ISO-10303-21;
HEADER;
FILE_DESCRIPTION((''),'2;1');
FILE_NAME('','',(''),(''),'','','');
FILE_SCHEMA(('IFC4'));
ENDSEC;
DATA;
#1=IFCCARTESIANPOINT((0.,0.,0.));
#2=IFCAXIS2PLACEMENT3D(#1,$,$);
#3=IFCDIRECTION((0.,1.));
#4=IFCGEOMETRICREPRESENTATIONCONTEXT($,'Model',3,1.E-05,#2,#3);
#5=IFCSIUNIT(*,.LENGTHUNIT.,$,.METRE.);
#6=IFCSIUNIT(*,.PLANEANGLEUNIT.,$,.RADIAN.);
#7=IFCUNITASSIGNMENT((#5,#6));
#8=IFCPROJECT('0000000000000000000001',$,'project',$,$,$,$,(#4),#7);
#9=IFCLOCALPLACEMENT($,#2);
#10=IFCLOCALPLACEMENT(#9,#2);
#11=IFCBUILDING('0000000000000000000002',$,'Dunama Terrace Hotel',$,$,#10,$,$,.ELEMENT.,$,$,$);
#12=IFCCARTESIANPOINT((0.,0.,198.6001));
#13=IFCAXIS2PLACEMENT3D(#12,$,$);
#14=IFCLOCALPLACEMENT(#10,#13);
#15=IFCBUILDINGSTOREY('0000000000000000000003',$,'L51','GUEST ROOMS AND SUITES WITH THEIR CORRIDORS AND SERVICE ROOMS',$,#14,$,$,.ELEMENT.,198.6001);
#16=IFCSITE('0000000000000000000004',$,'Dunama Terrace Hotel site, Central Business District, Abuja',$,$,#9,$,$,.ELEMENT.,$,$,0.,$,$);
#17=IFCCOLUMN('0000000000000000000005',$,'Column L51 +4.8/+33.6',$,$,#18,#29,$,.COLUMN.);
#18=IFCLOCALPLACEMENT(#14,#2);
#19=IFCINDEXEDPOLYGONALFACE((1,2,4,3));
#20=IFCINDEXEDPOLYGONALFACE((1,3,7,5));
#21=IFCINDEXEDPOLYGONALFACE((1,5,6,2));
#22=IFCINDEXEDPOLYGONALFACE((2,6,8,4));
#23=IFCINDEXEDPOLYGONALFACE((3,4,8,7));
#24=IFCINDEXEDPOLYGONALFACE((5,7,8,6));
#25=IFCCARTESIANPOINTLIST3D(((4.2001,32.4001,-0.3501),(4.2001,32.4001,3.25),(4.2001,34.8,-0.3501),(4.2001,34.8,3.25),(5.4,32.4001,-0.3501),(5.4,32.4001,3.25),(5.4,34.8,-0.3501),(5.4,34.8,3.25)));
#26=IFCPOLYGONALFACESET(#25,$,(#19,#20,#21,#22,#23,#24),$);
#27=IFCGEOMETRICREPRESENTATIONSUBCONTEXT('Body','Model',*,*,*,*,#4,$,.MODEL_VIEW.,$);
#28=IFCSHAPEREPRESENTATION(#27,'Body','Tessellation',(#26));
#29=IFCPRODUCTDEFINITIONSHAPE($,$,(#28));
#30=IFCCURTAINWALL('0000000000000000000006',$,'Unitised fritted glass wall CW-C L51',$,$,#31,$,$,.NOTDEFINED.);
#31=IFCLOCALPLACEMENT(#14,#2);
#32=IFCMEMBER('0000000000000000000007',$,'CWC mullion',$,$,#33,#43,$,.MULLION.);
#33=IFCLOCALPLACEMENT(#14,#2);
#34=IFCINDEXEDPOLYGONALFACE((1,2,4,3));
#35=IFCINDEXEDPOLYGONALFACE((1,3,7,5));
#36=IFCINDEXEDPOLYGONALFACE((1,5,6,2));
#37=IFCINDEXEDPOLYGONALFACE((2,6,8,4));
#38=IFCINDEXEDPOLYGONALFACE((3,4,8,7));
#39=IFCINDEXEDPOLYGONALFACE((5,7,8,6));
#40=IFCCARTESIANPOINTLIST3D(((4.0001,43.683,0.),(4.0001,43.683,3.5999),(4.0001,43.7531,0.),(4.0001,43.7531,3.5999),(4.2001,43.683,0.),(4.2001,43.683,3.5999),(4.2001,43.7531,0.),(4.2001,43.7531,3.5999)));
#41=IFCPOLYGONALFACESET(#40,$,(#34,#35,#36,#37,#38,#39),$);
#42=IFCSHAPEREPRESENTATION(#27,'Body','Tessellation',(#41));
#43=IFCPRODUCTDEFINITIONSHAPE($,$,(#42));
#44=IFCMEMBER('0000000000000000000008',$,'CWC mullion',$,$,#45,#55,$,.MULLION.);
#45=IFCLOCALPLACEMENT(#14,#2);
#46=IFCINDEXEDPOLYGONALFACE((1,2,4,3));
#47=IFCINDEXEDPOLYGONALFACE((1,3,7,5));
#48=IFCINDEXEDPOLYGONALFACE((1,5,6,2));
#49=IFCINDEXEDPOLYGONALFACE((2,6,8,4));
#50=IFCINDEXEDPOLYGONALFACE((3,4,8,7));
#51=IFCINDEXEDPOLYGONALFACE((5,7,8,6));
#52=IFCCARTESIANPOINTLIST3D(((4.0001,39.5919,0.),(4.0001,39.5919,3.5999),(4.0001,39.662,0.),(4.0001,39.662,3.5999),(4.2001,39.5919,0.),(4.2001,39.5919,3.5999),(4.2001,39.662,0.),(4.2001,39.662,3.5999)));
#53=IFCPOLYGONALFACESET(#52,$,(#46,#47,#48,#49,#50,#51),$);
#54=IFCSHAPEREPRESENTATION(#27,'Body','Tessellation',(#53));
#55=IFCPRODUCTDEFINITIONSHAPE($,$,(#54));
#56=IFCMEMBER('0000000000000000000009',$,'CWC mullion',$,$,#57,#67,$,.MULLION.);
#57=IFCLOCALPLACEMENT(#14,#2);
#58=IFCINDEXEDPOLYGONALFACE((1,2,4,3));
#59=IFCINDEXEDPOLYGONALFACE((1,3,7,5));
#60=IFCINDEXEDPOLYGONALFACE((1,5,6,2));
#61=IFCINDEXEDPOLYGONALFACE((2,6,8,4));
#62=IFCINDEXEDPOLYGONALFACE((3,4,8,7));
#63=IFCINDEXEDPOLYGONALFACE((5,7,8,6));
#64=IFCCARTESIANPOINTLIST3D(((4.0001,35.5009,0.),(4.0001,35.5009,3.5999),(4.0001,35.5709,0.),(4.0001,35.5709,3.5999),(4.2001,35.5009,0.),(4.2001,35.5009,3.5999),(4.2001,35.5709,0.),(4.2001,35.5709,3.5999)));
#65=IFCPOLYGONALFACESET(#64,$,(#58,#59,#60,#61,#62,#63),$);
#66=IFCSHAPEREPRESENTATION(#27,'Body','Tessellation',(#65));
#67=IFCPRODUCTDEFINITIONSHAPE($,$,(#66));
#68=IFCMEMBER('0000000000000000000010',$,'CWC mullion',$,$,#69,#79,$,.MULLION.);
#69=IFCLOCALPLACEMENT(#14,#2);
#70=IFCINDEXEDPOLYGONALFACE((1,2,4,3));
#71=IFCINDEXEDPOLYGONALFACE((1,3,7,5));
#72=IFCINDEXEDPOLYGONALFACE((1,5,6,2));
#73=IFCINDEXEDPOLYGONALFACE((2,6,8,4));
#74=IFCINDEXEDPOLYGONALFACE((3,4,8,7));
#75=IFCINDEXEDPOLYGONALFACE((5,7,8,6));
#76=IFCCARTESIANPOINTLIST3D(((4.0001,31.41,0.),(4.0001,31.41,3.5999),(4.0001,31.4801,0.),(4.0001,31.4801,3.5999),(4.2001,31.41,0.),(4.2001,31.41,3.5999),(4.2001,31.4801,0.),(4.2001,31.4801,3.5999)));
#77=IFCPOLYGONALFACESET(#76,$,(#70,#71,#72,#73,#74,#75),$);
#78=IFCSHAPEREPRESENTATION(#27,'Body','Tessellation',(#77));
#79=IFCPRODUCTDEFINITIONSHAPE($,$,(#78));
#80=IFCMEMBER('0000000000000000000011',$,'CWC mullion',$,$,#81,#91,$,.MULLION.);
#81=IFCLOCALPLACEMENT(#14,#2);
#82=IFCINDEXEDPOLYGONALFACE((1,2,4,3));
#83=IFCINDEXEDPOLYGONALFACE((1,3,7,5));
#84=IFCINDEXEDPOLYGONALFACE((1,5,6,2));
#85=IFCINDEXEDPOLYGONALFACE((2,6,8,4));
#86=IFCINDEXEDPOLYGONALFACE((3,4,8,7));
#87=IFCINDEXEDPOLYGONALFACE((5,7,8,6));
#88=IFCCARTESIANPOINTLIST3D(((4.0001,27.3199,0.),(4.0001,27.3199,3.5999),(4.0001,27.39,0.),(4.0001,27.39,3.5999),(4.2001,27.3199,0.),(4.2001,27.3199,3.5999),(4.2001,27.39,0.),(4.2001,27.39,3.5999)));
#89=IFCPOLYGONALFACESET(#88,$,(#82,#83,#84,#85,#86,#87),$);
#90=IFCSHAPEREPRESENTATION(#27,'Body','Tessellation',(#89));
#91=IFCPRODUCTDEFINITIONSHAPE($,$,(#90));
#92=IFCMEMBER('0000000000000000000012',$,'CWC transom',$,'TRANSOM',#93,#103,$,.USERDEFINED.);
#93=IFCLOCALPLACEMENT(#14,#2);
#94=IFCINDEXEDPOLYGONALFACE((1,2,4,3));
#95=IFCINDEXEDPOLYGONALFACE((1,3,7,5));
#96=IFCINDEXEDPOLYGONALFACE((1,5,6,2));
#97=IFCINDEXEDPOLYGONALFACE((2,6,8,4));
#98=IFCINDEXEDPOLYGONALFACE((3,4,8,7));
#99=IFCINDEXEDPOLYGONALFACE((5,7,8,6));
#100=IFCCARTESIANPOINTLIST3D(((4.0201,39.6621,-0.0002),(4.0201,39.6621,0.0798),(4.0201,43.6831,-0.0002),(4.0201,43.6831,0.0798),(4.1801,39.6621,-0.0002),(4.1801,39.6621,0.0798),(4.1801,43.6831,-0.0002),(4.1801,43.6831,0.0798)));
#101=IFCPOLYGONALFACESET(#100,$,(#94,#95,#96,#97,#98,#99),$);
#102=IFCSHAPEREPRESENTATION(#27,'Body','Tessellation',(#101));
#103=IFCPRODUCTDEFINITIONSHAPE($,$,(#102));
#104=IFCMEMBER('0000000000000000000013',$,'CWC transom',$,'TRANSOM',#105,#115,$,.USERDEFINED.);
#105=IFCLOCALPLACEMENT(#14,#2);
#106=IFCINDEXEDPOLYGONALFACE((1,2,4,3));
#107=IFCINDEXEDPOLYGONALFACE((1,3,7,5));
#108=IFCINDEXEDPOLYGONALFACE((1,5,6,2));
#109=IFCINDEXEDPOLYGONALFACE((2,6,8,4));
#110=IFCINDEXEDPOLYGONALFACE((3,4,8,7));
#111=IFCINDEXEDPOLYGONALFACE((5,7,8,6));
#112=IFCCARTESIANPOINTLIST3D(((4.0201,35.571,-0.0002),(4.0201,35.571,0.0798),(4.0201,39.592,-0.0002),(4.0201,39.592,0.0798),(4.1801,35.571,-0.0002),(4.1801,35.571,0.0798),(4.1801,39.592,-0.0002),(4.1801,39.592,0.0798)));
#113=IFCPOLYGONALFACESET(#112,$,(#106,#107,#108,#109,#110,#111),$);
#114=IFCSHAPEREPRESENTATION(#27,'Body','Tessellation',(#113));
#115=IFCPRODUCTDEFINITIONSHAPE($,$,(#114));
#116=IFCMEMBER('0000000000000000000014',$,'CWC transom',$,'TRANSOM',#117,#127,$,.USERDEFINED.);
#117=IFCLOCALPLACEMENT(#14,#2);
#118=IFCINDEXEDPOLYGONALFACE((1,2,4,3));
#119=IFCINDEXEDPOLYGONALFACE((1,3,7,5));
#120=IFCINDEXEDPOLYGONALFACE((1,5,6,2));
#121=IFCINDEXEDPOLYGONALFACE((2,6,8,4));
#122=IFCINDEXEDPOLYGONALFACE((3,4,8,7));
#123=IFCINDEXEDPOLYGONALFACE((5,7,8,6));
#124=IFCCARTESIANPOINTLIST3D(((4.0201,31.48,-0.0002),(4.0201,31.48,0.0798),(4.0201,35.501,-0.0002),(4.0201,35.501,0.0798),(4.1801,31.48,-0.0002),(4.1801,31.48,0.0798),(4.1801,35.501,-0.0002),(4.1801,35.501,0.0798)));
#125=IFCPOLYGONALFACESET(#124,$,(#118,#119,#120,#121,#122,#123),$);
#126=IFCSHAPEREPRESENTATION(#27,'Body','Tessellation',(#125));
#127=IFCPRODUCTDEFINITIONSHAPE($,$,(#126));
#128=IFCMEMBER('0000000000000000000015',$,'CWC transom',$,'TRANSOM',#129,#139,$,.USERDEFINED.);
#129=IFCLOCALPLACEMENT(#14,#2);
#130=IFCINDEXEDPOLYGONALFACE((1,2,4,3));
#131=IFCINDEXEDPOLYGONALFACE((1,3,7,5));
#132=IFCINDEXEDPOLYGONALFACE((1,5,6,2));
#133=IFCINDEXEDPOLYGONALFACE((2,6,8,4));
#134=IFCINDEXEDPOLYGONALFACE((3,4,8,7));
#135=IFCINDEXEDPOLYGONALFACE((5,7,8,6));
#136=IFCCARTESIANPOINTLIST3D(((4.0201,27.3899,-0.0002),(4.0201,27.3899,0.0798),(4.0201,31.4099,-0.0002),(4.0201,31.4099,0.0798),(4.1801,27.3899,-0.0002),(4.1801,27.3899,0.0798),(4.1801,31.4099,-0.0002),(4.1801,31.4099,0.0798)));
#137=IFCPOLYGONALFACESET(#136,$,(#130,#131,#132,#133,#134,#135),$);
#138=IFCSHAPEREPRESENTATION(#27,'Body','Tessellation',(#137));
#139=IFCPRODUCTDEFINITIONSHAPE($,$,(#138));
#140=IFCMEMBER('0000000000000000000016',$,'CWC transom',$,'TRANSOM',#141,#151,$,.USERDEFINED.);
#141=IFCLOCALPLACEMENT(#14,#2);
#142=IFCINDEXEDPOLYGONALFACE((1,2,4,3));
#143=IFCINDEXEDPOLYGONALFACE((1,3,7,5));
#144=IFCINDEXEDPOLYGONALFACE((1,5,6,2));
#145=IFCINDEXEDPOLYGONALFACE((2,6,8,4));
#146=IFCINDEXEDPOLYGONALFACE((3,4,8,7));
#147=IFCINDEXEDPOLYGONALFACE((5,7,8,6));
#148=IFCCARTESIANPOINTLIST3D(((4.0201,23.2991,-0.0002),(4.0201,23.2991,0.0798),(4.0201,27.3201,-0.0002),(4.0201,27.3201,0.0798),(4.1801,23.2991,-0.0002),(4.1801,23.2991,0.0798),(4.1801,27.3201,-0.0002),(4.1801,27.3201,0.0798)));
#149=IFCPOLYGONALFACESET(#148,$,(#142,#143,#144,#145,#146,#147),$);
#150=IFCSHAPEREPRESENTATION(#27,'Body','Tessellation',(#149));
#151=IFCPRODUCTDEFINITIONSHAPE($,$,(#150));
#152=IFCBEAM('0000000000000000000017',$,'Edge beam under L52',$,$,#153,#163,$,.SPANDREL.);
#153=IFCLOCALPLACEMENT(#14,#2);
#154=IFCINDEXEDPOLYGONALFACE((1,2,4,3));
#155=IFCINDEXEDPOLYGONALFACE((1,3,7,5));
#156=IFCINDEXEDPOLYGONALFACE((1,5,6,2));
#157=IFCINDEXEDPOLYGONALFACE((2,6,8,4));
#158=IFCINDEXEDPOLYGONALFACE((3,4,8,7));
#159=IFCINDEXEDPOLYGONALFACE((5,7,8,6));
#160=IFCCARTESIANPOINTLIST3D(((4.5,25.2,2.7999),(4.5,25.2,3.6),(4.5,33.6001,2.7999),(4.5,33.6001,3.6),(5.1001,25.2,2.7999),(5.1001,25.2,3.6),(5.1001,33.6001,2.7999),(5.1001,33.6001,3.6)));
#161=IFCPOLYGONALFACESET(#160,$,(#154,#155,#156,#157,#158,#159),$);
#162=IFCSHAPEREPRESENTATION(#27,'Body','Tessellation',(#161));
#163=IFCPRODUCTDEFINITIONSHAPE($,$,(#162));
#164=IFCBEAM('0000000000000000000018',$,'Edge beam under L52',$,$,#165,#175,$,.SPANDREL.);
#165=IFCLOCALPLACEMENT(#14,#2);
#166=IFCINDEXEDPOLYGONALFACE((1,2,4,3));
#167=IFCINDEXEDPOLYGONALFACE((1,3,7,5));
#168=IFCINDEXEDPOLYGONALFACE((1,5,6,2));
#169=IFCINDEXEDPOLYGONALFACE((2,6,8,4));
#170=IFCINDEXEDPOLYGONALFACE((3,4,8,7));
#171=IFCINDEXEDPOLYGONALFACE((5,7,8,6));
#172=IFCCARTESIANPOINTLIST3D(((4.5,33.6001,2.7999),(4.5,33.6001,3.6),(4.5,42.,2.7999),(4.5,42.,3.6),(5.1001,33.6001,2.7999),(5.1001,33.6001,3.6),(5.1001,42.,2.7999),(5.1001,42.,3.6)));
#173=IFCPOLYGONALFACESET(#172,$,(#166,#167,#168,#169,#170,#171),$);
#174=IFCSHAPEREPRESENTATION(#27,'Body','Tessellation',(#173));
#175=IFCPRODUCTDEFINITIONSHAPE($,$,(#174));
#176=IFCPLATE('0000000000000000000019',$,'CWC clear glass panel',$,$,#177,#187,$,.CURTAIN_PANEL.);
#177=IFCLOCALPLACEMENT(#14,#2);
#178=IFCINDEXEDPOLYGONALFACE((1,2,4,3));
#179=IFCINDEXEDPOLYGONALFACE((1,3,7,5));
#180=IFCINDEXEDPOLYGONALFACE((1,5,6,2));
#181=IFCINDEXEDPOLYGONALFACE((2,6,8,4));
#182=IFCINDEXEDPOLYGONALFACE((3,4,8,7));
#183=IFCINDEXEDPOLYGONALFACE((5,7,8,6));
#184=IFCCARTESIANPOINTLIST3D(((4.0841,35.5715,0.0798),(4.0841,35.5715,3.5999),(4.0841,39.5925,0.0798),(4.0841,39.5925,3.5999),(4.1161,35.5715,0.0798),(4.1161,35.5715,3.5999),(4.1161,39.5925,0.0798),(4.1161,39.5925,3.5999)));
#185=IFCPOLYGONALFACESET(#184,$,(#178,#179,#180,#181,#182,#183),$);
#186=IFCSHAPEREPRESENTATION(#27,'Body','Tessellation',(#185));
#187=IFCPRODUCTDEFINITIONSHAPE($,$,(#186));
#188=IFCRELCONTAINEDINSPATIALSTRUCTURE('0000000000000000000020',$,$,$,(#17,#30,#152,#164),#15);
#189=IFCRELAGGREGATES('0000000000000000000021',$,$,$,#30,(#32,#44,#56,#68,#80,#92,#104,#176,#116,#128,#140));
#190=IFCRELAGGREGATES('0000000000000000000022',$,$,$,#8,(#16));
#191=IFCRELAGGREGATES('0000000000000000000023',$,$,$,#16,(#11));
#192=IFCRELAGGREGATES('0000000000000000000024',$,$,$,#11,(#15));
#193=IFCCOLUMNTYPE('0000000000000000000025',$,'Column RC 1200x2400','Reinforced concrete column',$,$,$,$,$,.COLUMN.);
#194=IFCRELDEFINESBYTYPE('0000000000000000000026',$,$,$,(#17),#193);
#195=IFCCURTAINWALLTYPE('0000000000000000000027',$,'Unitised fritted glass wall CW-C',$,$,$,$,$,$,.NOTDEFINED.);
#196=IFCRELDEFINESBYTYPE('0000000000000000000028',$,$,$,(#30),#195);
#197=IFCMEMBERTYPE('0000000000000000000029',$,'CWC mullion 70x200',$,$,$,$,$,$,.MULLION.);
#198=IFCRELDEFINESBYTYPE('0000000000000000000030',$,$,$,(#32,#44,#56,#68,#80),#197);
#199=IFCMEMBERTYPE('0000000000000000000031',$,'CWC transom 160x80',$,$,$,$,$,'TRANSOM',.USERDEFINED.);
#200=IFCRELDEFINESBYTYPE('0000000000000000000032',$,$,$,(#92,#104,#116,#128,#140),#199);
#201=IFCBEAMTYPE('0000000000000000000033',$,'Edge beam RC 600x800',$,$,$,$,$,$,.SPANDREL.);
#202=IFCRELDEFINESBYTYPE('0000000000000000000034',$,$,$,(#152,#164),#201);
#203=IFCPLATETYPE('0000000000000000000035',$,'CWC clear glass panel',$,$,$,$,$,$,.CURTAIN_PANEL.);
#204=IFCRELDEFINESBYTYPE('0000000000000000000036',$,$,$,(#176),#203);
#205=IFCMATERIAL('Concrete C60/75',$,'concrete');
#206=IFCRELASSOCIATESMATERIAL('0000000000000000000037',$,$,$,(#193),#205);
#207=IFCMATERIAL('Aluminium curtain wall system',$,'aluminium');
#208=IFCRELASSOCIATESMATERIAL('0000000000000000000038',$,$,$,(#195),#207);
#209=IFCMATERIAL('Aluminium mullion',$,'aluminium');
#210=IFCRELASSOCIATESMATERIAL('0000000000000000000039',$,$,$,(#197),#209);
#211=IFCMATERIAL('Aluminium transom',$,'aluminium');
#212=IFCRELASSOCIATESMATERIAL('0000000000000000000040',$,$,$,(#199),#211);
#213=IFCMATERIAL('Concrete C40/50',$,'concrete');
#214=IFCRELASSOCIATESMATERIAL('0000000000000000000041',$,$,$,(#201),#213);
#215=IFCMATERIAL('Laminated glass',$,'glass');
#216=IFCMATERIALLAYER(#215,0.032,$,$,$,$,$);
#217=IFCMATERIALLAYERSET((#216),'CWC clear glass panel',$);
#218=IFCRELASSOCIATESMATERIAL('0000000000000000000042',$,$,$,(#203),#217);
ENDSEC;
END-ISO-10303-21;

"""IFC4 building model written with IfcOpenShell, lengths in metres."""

from ifc_helpers import new_model, si_unit, direction, frame, origin, origin_2d, place, context, subcontext, project, spatial, rectangle, extrude, material, layer, layer_set, material_profile, profile_set, type_object, element, aggregate, save


model = new_model("IFC4")

# Units and contexts
model_context = context("Model", 3, precision=1e-05, world=origin(), true_north=direction((0.0, 1.0)))
body_context = subcontext(model_context, "Body", "Model", "MODEL_VIEW")
ifc_project = project(units=[si_unit("LENGTHUNIT", "METRE"), si_unit("PLANEANGLEUNIT", "RADIAN")], contexts=[model_context])

# Site, building, storey
site_placement = place(None, origin())
site = spatial("IfcSite", under=ifc_project, at=site_placement, Name="Dunama Terrace Hotel site, Central Business District, Abuja", CompositionType="ELEMENT", RefElevation=0.0)
building_placement = place(site_placement, origin())
building = spatial("IfcBuilding", under=site, at=building_placement, Name="Dunama Terrace Hotel", CompositionType="ELEMENT")
storey_placement = place(building_placement, frame((0.0, 0.0, 198.6001)))
storey = spatial("IfcBuildingStorey", under=building, at=storey_placement, Name="L51", Description="GUEST ROOMS AND SUITES WITH THEIR CORRIDORS AND SERVICE ROOMS", CompositionType="ELEMENT", Elevation=198.6001)

# Column
ifc_material_1 = material(Name="Concrete C60/75", Category="concrete")
ifc_material_profile_1 = material_profile(ifc_material_1, rectangle(XDim=1.2, YDim=2.3999, at=origin_2d()), Name="RC 1200x2400")
ifc_profile_set_1 = profile_set([ifc_material_profile_1], Name="Concrete C60/75")
column_type = type_object("IfcColumnType", Name="Column RC 1200x2400", Description="Reinforced concrete column", PredefinedType="COLUMN", material=ifc_profile_set_1)
column_placement = place(storey_placement, frame((4.8, 33.6001, -0.3501), z_axis=(0.0, 0.0, 1.0), x_axis=(1.0, 0.0, 0.0)))
element("IfcColumn", 1, at=column_placement, inside=storey, type_object=column_type, Name="Column L51 +4.8/+33.6", PredefinedType="COLUMN", context=body_context, shape_type="SweptSolid", body=[
    extrude(rectangle(XDim=1.2, YDim=2.3999, at=origin_2d()), origin(), (0.0, 0.0, 1.0), 3.6001),
])

# Curtain wall, members
ifc_material_2 = material(Name="Aluminium curtain wall system", Category="aluminium")
curtain_wall_type = type_object("IfcCurtainWallType", Name="Unitised fritted glass wall CW-C", PredefinedType="NOTDEFINED", material=ifc_material_2)
curtain_wall_placement = place(storey_placement, origin())
curtain_wall = element("IfcCurtainWall", 2, at=curtain_wall_placement, inside=storey, type_object=curtain_wall_type, Name="Unitised fritted glass wall CW-C L51", PredefinedType="NOTDEFINED")
ifc_material_3 = material(Name="Aluminium mullion", Category="aluminium")
ifc_material_profile_2 = material_profile(ifc_material_3, rectangle(XDim=0.0701, YDim=0.2, at=origin_2d()), Name="CWC MULLION 70X200")
ifc_profile_set_2 = profile_set([ifc_material_profile_2], Name="Aluminium mullion")
member_type_1 = type_object("IfcMemberType", Name="CWC mullion 70x200", PredefinedType="MULLION", material=ifc_profile_set_2)
member_1_placement = place(storey_placement, frame((4.1001, 43.718, 0.0), z_axis=(0.0, 0.0, 1.0), x_axis=(0.0, -1.0, 0.0)))
member_1 = element("IfcMember", 3, at=member_1_placement, type_object=member_type_1, Name="CWC mullion", PredefinedType="MULLION", context=body_context, shape_type="SweptSolid", body=[
    extrude(rectangle(XDim=0.0701, YDim=0.2, at=origin_2d()), origin(), (0.0, 0.0, 1.0), 3.5999),
])
member_2_placement = place(storey_placement, frame((4.1001, 39.627, 0.0), z_axis=(0.0, 0.0, 1.0), x_axis=(0.0, -1.0, 0.0)))
member_2 = element("IfcMember", 4, at=member_2_placement, type_object=member_type_1, Name="CWC mullion", PredefinedType="MULLION", context=body_context, shape_type="SweptSolid", body=[
    extrude(rectangle(XDim=0.0701, YDim=0.2, at=origin_2d()), origin(), (0.0, 0.0, 1.0), 3.5999),
])
member_3_placement = place(storey_placement, frame((4.1001, 35.5359, 0.0), z_axis=(0.0, 0.0, 1.0), x_axis=(0.0, -1.0, 0.0)))
member_3 = element("IfcMember", 5, at=member_3_placement, type_object=member_type_1, Name="CWC mullion", PredefinedType="MULLION", context=body_context, shape_type="SweptSolid", body=[
    extrude(rectangle(XDim=0.0701, YDim=0.2, at=origin_2d()), origin(), (0.0, 0.0, 1.0), 3.5999),
])
member_4_placement = place(storey_placement, frame((4.1001, 31.4451, 0.0), z_axis=(0.0, 0.0, 1.0), x_axis=(0.0, -1.0, 0.0)))
member_4 = element("IfcMember", 6, at=member_4_placement, type_object=member_type_1, Name="CWC mullion", PredefinedType="MULLION", context=body_context, shape_type="SweptSolid", body=[
    extrude(rectangle(XDim=0.0701, YDim=0.2, at=origin_2d()), origin(), (0.0, 0.0, 1.0), 3.5999),
])
member_5_placement = place(storey_placement, frame((4.1001, 27.355, 0.0), z_axis=(0.0, 0.0, 1.0), x_axis=(0.0, -1.0, 0.0)))
member_5 = element("IfcMember", 7, at=member_5_placement, type_object=member_type_1, Name="CWC mullion", PredefinedType="MULLION", context=body_context, shape_type="SweptSolid", body=[
    extrude(rectangle(XDim=0.0701, YDim=0.2, at=origin_2d()), origin(), (0.0, 0.0, 1.0), 3.5999),
])
ifc_material_4 = material(Name="Aluminium transom", Category="aluminium")
ifc_material_profile_3 = material_profile(ifc_material_4, rectangle(XDim=0.1599, YDim=0.0801, at=origin_2d()), Name="CWC TRANSOM 160X80")
ifc_profile_set_3 = profile_set([ifc_material_profile_3], Name="Aluminium transom")
member_type_2 = type_object("IfcMemberType", Name="CWC transom 160x80", ElementType="TRANSOM", PredefinedType="USERDEFINED", material=ifc_profile_set_3)
member_6_placement = place(storey_placement, frame((4.1001, 43.6831, 0.0398), z_axis=(0.0, -1.0, 0.0), x_axis=(1.0, 0.0, 0.0)))
member_6 = element("IfcMember", 8, at=member_6_placement, type_object=member_type_2, Name="CWC transom", ObjectType="TRANSOM", PredefinedType="USERDEFINED", context=body_context, shape_type="SweptSolid", body=[
    extrude(rectangle(XDim=0.1599, YDim=0.0801, at=origin_2d()), origin(), (0.0, 0.0, 1.0), 4.021),
])
member_7_placement = place(storey_placement, frame((4.1001, 39.592, 0.0398), z_axis=(0.0, -1.0, 0.0), x_axis=(1.0, 0.0, 0.0)))
member_7 = element("IfcMember", 9, at=member_7_placement, type_object=member_type_2, Name="CWC transom", ObjectType="TRANSOM", PredefinedType="USERDEFINED", context=body_context, shape_type="SweptSolid", body=[
    extrude(rectangle(XDim=0.1599, YDim=0.0801, at=origin_2d()), origin(), (0.0, 0.0, 1.0), 4.021),
])
member_8_placement = place(storey_placement, frame((4.1001, 35.501, 0.0398), z_axis=(0.0, -1.0, 0.0), x_axis=(1.0, 0.0, 0.0)))
member_8 = element("IfcMember", 10, at=member_8_placement, type_object=member_type_2, Name="CWC transom", ObjectType="TRANSOM", PredefinedType="USERDEFINED", context=body_context, shape_type="SweptSolid", body=[
    extrude(rectangle(XDim=0.1599, YDim=0.0801, at=origin_2d()), origin(), (0.0, 0.0, 1.0), 4.021),
])
member_9_placement = place(storey_placement, frame((4.1001, 31.4099, 0.0398), z_axis=(0.0, -1.0, 0.0), x_axis=(1.0, 0.0, 0.0)))
member_9 = element("IfcMember", 11, at=member_9_placement, type_object=member_type_2, Name="CWC transom", ObjectType="TRANSOM", PredefinedType="USERDEFINED", context=body_context, shape_type="SweptSolid", body=[
    extrude(rectangle(XDim=0.1599, YDim=0.0801, at=origin_2d()), origin(), (0.0, 0.0, 1.0), 4.02),
])
member_10_placement = place(storey_placement, frame((4.1001, 27.3201, 0.0398), z_axis=(0.0, -1.0, 0.0), x_axis=(1.0, 0.0, 0.0)))
member_10 = element("IfcMember", 12, at=member_10_placement, type_object=member_type_2, Name="CWC transom", ObjectType="TRANSOM", PredefinedType="USERDEFINED", context=body_context, shape_type="SweptSolid", body=[
    extrude(rectangle(XDim=0.1599, YDim=0.0801, at=origin_2d()), origin(), (0.0, 0.0, 1.0), 4.021),
])

# Beams
ifc_material_5 = material(Name="Concrete C40/50", Category="concrete")
ifc_material_profile_4 = material_profile(ifc_material_5, rectangle(XDim=0.6001, YDim=0.8, at=origin_2d()), Name="RC 600x800")
ifc_profile_set_4 = profile_set([ifc_material_profile_4], Name="Concrete C40/50")
beam_type = type_object("IfcBeamType", Name="Edge beam RC 600x800", PredefinedType="SPANDREL", material=ifc_profile_set_4)
beam_1_placement = place(storey_placement, frame((4.8, 25.2, 3.2), z_axis=(0.0, 1.0, 0.0), x_axis=(-1.0, 0.0, 0.0)))
element("IfcBeam", 13, at=beam_1_placement, inside=storey, type_object=beam_type, Name="Edge beam under L52", PredefinedType="SPANDREL", context=body_context, shape_type="SweptSolid", body=[
    extrude(rectangle(XDim=0.6001, YDim=0.8, at=origin_2d()), origin(), (0.0, 0.0, 1.0), 8.4001),
])
beam_2_placement = place(storey_placement, frame((4.8, 33.6001, 3.2), z_axis=(0.0, 1.0, 0.0), x_axis=(-1.0, 0.0, 0.0)))
element("IfcBeam", 14, at=beam_2_placement, inside=storey, type_object=beam_type, Name="Edge beam under L52", PredefinedType="SPANDREL", context=body_context, shape_type="SweptSolid", body=[
    extrude(rectangle(XDim=0.6001, YDim=0.8, at=origin_2d()), origin(), (0.0, 0.0, 1.0), 8.3999),
])

# Plate
ifc_material_6 = material(Name="Laminated glass", Category="glass")
ifc_layer_1 = layer(ifc_material_6, 0.032)
ifc_layer_set_1 = layer_set([ifc_layer_1], Name="CWC clear glass panel")
plate_type_1 = type_object("IfcPlateType", Name="CWC clear glass panel", PredefinedType="CURTAIN_PANEL", material=ifc_layer_set_1)
plate_1_placement = place(storey_placement, frame((4.1001, 37.582, 0.0798), z_axis=(0.0, 0.0, 1.0), x_axis=(0.0, -1.0, 0.0)))
plate_1 = element("IfcPlate", 15, at=plate_1_placement, type_object=plate_type_1, Name="CWC clear glass panel", PredefinedType="CURTAIN_PANEL", context=body_context, shape_type="SweptSolid", body=[
    extrude(rectangle(XDim=4.021, YDim=0.032, at=origin_2d()), origin(), (0.0, 0.0, 1.0), 3.52),
])
aggregate(curtain_wall, [member_1, member_2, member_3, member_4, member_5, member_6, member_7, plate_1, member_8, member_9, member_10])

save(model, "model.ifc")
